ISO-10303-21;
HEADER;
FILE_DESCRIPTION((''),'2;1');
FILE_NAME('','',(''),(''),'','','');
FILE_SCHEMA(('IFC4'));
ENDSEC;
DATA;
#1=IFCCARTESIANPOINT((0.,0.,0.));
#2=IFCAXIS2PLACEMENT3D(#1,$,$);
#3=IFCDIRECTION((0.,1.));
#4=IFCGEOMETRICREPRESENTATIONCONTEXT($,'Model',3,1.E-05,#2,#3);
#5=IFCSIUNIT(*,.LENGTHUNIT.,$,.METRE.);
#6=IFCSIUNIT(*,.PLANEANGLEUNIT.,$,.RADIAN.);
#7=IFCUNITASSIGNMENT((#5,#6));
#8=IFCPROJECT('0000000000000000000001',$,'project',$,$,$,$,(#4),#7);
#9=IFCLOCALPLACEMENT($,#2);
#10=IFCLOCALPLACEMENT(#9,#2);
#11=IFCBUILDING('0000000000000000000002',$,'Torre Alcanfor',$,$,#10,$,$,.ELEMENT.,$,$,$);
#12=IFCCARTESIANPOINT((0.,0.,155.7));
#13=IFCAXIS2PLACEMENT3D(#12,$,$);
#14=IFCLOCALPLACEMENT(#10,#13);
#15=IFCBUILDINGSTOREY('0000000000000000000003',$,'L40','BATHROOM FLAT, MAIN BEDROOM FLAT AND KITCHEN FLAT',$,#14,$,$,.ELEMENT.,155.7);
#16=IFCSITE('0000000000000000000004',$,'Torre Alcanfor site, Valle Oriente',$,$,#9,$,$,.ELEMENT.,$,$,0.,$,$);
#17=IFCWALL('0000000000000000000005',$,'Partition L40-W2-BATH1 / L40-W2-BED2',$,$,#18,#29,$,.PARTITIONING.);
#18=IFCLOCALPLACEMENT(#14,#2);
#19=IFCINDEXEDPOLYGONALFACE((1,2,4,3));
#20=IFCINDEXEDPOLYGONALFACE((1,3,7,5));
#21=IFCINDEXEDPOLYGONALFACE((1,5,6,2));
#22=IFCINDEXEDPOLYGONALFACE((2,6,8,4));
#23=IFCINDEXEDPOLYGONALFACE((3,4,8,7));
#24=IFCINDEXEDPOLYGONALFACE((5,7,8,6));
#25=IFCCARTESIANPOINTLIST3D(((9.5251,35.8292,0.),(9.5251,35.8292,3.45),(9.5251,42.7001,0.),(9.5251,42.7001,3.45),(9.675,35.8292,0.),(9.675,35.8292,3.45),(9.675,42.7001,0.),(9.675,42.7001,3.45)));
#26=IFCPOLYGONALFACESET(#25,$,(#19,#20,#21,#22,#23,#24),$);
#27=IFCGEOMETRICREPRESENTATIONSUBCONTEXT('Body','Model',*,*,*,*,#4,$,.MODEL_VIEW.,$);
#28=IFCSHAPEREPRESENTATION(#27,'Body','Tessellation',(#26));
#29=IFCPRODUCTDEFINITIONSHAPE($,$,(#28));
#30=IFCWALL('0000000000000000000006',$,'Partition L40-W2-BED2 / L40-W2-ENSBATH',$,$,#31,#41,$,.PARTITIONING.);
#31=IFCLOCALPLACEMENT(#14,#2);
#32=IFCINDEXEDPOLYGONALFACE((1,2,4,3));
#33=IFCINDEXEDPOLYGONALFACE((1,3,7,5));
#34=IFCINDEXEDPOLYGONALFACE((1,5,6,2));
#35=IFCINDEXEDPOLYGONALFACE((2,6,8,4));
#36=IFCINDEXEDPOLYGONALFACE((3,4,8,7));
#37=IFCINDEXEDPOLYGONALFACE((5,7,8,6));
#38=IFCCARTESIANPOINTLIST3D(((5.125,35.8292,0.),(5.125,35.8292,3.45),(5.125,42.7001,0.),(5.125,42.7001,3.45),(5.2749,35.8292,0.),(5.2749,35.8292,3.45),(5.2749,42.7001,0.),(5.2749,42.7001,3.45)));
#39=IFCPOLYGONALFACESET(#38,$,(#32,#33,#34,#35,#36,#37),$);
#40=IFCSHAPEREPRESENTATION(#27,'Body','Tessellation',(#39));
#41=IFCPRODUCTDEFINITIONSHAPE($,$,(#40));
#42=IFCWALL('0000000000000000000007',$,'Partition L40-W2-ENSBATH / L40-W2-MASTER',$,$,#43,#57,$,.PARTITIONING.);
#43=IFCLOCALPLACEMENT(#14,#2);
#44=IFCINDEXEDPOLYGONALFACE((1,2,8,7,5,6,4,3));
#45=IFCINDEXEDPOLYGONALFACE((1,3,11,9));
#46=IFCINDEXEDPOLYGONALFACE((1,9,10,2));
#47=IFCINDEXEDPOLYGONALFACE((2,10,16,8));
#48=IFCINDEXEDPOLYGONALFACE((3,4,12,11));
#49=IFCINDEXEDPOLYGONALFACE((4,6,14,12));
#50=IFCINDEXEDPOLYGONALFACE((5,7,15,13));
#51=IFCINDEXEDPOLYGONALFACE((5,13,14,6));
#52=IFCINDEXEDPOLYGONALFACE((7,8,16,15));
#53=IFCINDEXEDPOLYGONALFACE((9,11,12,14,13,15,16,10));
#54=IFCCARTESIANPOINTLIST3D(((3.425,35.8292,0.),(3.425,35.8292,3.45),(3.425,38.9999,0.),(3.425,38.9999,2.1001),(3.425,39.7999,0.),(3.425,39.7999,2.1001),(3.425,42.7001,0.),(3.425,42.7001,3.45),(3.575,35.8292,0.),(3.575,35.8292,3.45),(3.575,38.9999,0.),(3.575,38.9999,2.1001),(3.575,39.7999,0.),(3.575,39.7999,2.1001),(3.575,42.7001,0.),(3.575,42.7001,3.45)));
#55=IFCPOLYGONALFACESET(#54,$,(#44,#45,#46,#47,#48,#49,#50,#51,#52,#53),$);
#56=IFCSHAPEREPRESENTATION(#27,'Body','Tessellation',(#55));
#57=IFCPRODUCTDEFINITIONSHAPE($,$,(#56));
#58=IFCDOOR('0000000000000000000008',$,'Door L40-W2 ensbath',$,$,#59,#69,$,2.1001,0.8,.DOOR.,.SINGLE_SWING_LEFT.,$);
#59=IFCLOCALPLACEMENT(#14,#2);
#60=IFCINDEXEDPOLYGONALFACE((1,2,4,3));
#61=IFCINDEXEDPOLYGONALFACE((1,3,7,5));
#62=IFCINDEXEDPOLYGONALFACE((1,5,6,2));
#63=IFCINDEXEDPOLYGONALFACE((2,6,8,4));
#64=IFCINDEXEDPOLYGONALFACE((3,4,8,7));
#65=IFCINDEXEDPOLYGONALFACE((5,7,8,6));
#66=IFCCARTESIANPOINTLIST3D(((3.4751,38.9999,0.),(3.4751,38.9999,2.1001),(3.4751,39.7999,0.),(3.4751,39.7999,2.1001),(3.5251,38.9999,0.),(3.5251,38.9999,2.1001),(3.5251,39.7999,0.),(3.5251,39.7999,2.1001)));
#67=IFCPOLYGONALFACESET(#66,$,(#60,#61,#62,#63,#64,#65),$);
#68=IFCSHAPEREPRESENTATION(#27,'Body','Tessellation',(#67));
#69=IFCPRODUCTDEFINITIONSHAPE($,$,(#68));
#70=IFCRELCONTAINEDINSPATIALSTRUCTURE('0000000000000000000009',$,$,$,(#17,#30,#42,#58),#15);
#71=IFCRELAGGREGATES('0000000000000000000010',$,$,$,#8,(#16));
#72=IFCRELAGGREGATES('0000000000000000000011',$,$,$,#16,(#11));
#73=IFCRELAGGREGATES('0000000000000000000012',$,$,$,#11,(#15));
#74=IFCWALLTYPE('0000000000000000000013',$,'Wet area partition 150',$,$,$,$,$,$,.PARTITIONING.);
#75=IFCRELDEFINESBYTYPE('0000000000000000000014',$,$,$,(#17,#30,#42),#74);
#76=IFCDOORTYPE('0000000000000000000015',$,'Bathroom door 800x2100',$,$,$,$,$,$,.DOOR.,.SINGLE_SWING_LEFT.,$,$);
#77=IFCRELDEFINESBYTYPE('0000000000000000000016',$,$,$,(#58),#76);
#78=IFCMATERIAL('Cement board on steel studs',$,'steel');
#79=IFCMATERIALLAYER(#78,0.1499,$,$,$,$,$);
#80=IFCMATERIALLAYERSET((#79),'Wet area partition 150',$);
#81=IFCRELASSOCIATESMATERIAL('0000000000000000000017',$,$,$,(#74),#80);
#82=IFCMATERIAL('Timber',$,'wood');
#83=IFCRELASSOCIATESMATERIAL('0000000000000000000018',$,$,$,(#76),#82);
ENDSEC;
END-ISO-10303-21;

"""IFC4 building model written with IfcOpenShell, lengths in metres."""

from ifc_helpers import new_model, si_unit, direction, frame, frame_2d, origin, place, context, subcontext, project, spatial, rectangle, extrude, material, layer, layer_set, type_object, element, fill, save


model = new_model("IFC4")

# Units and contexts
model_context = context("Model", 3, precision=1e-05, world=origin(), true_north=direction((0.0, 1.0)))
body_context = subcontext(model_context, "Body", "Model", "MODEL_VIEW")
ifc_project = project(units=[si_unit("LENGTHUNIT", "METRE"), si_unit("PLANEANGLEUNIT", "RADIAN")], contexts=[model_context])

# Site, building, storey
site_placement = place(None, origin())
site = spatial("IfcSite", under=ifc_project, at=site_placement, Name="Torre Alcanfor site, Valle Oriente", CompositionType="ELEMENT", RefElevation=0.0)
building_placement = place(site_placement, origin())
building = spatial("IfcBuilding", under=site, at=building_placement, Name="Torre Alcanfor", CompositionType="ELEMENT")
storey_placement = place(building_placement, frame((0.0, 0.0, 155.7)))
storey = spatial("IfcBuildingStorey", under=building, at=storey_placement, Name="L40", Description="BATHROOM FLAT, MAIN BEDROOM FLAT AND KITCHEN FLAT", CompositionType="ELEMENT", Elevation=155.7)

# Shared definitions
ifc_material_1 = material(Name="Cement board on steel studs", Category="steel")
ifc_layer_1 = layer(ifc_material_1, 0.1499)
ifc_layer_set_1 = layer_set([ifc_layer_1], Name="Wet area partition 150")
wall_type_1 = type_object("IfcWallType", Name="Wet area partition 150", PredefinedType="PARTITIONING", material=ifc_layer_set_1)
ifc_material_2 = material(Name="Timber", Category="wood")
door_type_1 = type_object("IfcDoorType", Name="Bathroom door 800x2100", OperationType="SINGLE_SWING_LEFT", PredefinedType="DOOR", material=ifc_material_2)

# Walls
for number, where, z_axis, x_axis, name in (
    (1, (9.6001, 35.8291, 0.0), (0.0, 0.0, 1.0), (0.0, 1.0, 0.0), "Partition L40-W2-BATH1 / L40-W2-BED2"),
    (2, (5.2, 35.8291, 0.0), (0.0, 0.0, 1.0), (0.0, 1.0, 0.0), "Partition L40-W2-BED2 / L40-W2-ENSBATH"),
):
    element("IfcWall", number, at=place(storey_placement, frame(where, z_axis=z_axis, x_axis=x_axis)), inside=storey, type_object=wall_type_1, Name=name, PredefinedType="PARTITIONING", context=body_context, shape_type="SweptSolid", body=[
        extrude(rectangle(XDim=6.8708, YDim=0.1499, at=frame_2d((3.4355, 0.0))), origin(), (0.0, 0.0, 1.0), 3.45),
    ])

# Wall, opening, door
wall_1_placement = place(storey_placement, frame((3.5, 35.8291, 0.0), z_axis=(0.0, 0.0, 1.0), x_axis=(0.0, 1.0, 0.0)))
wall_1 = element("IfcWall", 3, at=wall_1_placement, inside=storey, type_object=wall_type_1, Name="Partition L40-W2-ENSBATH / L40-W2-MASTER", PredefinedType="PARTITIONING", context=body_context, shape_type="SweptSolid", body=[
    extrude(rectangle(XDim=6.8708, YDim=0.1499, at=frame_2d((3.4355, 0.0))), origin(), (0.0, 0.0, 1.0), 3.45),
])
opening_1_placement = place(wall_1_placement, frame((3.1709, 0.0, 0.0)))
opening_1 = element("IfcOpeningElement", 4, at=opening_1_placement, cuts=wall_1, PredefinedType="OPENING", context=body_context, shape_type="SweptSolid", body=[
    extrude(rectangle(XDim=0.8, YDim=2.1001, at=frame_2d((0.3999, 1.05))), frame((0.0, 0.085, 0.0), z_axis=(0.0, -1.0, 0.0), x_axis=(1.0, 0.0, 0.0)), (0.0, 0.0, 1.0), 0.1699),
])
door_1_placement = place(opening_1_placement, frame((0.8, 0.0, 0.0), z_axis=(0.0, 0.0, 1.0), x_axis=(-1.0, 0.0, 0.0)))
door_1 = element("IfcDoor", 5, at=door_1_placement, inside=storey, type_object=door_type_1, Name="Door L40-W2 ensbath", OperationType="SINGLE_SWING_LEFT", OverallHeight=2.1001, OverallWidth=0.8, PredefinedType="DOOR", context=body_context, shape_type="SweptSolid", body=[
    extrude(rectangle(XDim=0.8, YDim=2.1001, at=frame_2d((0.4001, 1.05))), frame((0.0, 0.0251, 0.0), z_axis=(0.0, -1.0, 0.0), x_axis=(1.0, 0.0, 0.0)), (0.0, 0.0, 1.0), 0.05),
])
fill(opening_1, door_1)

save(model, "model.ifc")
